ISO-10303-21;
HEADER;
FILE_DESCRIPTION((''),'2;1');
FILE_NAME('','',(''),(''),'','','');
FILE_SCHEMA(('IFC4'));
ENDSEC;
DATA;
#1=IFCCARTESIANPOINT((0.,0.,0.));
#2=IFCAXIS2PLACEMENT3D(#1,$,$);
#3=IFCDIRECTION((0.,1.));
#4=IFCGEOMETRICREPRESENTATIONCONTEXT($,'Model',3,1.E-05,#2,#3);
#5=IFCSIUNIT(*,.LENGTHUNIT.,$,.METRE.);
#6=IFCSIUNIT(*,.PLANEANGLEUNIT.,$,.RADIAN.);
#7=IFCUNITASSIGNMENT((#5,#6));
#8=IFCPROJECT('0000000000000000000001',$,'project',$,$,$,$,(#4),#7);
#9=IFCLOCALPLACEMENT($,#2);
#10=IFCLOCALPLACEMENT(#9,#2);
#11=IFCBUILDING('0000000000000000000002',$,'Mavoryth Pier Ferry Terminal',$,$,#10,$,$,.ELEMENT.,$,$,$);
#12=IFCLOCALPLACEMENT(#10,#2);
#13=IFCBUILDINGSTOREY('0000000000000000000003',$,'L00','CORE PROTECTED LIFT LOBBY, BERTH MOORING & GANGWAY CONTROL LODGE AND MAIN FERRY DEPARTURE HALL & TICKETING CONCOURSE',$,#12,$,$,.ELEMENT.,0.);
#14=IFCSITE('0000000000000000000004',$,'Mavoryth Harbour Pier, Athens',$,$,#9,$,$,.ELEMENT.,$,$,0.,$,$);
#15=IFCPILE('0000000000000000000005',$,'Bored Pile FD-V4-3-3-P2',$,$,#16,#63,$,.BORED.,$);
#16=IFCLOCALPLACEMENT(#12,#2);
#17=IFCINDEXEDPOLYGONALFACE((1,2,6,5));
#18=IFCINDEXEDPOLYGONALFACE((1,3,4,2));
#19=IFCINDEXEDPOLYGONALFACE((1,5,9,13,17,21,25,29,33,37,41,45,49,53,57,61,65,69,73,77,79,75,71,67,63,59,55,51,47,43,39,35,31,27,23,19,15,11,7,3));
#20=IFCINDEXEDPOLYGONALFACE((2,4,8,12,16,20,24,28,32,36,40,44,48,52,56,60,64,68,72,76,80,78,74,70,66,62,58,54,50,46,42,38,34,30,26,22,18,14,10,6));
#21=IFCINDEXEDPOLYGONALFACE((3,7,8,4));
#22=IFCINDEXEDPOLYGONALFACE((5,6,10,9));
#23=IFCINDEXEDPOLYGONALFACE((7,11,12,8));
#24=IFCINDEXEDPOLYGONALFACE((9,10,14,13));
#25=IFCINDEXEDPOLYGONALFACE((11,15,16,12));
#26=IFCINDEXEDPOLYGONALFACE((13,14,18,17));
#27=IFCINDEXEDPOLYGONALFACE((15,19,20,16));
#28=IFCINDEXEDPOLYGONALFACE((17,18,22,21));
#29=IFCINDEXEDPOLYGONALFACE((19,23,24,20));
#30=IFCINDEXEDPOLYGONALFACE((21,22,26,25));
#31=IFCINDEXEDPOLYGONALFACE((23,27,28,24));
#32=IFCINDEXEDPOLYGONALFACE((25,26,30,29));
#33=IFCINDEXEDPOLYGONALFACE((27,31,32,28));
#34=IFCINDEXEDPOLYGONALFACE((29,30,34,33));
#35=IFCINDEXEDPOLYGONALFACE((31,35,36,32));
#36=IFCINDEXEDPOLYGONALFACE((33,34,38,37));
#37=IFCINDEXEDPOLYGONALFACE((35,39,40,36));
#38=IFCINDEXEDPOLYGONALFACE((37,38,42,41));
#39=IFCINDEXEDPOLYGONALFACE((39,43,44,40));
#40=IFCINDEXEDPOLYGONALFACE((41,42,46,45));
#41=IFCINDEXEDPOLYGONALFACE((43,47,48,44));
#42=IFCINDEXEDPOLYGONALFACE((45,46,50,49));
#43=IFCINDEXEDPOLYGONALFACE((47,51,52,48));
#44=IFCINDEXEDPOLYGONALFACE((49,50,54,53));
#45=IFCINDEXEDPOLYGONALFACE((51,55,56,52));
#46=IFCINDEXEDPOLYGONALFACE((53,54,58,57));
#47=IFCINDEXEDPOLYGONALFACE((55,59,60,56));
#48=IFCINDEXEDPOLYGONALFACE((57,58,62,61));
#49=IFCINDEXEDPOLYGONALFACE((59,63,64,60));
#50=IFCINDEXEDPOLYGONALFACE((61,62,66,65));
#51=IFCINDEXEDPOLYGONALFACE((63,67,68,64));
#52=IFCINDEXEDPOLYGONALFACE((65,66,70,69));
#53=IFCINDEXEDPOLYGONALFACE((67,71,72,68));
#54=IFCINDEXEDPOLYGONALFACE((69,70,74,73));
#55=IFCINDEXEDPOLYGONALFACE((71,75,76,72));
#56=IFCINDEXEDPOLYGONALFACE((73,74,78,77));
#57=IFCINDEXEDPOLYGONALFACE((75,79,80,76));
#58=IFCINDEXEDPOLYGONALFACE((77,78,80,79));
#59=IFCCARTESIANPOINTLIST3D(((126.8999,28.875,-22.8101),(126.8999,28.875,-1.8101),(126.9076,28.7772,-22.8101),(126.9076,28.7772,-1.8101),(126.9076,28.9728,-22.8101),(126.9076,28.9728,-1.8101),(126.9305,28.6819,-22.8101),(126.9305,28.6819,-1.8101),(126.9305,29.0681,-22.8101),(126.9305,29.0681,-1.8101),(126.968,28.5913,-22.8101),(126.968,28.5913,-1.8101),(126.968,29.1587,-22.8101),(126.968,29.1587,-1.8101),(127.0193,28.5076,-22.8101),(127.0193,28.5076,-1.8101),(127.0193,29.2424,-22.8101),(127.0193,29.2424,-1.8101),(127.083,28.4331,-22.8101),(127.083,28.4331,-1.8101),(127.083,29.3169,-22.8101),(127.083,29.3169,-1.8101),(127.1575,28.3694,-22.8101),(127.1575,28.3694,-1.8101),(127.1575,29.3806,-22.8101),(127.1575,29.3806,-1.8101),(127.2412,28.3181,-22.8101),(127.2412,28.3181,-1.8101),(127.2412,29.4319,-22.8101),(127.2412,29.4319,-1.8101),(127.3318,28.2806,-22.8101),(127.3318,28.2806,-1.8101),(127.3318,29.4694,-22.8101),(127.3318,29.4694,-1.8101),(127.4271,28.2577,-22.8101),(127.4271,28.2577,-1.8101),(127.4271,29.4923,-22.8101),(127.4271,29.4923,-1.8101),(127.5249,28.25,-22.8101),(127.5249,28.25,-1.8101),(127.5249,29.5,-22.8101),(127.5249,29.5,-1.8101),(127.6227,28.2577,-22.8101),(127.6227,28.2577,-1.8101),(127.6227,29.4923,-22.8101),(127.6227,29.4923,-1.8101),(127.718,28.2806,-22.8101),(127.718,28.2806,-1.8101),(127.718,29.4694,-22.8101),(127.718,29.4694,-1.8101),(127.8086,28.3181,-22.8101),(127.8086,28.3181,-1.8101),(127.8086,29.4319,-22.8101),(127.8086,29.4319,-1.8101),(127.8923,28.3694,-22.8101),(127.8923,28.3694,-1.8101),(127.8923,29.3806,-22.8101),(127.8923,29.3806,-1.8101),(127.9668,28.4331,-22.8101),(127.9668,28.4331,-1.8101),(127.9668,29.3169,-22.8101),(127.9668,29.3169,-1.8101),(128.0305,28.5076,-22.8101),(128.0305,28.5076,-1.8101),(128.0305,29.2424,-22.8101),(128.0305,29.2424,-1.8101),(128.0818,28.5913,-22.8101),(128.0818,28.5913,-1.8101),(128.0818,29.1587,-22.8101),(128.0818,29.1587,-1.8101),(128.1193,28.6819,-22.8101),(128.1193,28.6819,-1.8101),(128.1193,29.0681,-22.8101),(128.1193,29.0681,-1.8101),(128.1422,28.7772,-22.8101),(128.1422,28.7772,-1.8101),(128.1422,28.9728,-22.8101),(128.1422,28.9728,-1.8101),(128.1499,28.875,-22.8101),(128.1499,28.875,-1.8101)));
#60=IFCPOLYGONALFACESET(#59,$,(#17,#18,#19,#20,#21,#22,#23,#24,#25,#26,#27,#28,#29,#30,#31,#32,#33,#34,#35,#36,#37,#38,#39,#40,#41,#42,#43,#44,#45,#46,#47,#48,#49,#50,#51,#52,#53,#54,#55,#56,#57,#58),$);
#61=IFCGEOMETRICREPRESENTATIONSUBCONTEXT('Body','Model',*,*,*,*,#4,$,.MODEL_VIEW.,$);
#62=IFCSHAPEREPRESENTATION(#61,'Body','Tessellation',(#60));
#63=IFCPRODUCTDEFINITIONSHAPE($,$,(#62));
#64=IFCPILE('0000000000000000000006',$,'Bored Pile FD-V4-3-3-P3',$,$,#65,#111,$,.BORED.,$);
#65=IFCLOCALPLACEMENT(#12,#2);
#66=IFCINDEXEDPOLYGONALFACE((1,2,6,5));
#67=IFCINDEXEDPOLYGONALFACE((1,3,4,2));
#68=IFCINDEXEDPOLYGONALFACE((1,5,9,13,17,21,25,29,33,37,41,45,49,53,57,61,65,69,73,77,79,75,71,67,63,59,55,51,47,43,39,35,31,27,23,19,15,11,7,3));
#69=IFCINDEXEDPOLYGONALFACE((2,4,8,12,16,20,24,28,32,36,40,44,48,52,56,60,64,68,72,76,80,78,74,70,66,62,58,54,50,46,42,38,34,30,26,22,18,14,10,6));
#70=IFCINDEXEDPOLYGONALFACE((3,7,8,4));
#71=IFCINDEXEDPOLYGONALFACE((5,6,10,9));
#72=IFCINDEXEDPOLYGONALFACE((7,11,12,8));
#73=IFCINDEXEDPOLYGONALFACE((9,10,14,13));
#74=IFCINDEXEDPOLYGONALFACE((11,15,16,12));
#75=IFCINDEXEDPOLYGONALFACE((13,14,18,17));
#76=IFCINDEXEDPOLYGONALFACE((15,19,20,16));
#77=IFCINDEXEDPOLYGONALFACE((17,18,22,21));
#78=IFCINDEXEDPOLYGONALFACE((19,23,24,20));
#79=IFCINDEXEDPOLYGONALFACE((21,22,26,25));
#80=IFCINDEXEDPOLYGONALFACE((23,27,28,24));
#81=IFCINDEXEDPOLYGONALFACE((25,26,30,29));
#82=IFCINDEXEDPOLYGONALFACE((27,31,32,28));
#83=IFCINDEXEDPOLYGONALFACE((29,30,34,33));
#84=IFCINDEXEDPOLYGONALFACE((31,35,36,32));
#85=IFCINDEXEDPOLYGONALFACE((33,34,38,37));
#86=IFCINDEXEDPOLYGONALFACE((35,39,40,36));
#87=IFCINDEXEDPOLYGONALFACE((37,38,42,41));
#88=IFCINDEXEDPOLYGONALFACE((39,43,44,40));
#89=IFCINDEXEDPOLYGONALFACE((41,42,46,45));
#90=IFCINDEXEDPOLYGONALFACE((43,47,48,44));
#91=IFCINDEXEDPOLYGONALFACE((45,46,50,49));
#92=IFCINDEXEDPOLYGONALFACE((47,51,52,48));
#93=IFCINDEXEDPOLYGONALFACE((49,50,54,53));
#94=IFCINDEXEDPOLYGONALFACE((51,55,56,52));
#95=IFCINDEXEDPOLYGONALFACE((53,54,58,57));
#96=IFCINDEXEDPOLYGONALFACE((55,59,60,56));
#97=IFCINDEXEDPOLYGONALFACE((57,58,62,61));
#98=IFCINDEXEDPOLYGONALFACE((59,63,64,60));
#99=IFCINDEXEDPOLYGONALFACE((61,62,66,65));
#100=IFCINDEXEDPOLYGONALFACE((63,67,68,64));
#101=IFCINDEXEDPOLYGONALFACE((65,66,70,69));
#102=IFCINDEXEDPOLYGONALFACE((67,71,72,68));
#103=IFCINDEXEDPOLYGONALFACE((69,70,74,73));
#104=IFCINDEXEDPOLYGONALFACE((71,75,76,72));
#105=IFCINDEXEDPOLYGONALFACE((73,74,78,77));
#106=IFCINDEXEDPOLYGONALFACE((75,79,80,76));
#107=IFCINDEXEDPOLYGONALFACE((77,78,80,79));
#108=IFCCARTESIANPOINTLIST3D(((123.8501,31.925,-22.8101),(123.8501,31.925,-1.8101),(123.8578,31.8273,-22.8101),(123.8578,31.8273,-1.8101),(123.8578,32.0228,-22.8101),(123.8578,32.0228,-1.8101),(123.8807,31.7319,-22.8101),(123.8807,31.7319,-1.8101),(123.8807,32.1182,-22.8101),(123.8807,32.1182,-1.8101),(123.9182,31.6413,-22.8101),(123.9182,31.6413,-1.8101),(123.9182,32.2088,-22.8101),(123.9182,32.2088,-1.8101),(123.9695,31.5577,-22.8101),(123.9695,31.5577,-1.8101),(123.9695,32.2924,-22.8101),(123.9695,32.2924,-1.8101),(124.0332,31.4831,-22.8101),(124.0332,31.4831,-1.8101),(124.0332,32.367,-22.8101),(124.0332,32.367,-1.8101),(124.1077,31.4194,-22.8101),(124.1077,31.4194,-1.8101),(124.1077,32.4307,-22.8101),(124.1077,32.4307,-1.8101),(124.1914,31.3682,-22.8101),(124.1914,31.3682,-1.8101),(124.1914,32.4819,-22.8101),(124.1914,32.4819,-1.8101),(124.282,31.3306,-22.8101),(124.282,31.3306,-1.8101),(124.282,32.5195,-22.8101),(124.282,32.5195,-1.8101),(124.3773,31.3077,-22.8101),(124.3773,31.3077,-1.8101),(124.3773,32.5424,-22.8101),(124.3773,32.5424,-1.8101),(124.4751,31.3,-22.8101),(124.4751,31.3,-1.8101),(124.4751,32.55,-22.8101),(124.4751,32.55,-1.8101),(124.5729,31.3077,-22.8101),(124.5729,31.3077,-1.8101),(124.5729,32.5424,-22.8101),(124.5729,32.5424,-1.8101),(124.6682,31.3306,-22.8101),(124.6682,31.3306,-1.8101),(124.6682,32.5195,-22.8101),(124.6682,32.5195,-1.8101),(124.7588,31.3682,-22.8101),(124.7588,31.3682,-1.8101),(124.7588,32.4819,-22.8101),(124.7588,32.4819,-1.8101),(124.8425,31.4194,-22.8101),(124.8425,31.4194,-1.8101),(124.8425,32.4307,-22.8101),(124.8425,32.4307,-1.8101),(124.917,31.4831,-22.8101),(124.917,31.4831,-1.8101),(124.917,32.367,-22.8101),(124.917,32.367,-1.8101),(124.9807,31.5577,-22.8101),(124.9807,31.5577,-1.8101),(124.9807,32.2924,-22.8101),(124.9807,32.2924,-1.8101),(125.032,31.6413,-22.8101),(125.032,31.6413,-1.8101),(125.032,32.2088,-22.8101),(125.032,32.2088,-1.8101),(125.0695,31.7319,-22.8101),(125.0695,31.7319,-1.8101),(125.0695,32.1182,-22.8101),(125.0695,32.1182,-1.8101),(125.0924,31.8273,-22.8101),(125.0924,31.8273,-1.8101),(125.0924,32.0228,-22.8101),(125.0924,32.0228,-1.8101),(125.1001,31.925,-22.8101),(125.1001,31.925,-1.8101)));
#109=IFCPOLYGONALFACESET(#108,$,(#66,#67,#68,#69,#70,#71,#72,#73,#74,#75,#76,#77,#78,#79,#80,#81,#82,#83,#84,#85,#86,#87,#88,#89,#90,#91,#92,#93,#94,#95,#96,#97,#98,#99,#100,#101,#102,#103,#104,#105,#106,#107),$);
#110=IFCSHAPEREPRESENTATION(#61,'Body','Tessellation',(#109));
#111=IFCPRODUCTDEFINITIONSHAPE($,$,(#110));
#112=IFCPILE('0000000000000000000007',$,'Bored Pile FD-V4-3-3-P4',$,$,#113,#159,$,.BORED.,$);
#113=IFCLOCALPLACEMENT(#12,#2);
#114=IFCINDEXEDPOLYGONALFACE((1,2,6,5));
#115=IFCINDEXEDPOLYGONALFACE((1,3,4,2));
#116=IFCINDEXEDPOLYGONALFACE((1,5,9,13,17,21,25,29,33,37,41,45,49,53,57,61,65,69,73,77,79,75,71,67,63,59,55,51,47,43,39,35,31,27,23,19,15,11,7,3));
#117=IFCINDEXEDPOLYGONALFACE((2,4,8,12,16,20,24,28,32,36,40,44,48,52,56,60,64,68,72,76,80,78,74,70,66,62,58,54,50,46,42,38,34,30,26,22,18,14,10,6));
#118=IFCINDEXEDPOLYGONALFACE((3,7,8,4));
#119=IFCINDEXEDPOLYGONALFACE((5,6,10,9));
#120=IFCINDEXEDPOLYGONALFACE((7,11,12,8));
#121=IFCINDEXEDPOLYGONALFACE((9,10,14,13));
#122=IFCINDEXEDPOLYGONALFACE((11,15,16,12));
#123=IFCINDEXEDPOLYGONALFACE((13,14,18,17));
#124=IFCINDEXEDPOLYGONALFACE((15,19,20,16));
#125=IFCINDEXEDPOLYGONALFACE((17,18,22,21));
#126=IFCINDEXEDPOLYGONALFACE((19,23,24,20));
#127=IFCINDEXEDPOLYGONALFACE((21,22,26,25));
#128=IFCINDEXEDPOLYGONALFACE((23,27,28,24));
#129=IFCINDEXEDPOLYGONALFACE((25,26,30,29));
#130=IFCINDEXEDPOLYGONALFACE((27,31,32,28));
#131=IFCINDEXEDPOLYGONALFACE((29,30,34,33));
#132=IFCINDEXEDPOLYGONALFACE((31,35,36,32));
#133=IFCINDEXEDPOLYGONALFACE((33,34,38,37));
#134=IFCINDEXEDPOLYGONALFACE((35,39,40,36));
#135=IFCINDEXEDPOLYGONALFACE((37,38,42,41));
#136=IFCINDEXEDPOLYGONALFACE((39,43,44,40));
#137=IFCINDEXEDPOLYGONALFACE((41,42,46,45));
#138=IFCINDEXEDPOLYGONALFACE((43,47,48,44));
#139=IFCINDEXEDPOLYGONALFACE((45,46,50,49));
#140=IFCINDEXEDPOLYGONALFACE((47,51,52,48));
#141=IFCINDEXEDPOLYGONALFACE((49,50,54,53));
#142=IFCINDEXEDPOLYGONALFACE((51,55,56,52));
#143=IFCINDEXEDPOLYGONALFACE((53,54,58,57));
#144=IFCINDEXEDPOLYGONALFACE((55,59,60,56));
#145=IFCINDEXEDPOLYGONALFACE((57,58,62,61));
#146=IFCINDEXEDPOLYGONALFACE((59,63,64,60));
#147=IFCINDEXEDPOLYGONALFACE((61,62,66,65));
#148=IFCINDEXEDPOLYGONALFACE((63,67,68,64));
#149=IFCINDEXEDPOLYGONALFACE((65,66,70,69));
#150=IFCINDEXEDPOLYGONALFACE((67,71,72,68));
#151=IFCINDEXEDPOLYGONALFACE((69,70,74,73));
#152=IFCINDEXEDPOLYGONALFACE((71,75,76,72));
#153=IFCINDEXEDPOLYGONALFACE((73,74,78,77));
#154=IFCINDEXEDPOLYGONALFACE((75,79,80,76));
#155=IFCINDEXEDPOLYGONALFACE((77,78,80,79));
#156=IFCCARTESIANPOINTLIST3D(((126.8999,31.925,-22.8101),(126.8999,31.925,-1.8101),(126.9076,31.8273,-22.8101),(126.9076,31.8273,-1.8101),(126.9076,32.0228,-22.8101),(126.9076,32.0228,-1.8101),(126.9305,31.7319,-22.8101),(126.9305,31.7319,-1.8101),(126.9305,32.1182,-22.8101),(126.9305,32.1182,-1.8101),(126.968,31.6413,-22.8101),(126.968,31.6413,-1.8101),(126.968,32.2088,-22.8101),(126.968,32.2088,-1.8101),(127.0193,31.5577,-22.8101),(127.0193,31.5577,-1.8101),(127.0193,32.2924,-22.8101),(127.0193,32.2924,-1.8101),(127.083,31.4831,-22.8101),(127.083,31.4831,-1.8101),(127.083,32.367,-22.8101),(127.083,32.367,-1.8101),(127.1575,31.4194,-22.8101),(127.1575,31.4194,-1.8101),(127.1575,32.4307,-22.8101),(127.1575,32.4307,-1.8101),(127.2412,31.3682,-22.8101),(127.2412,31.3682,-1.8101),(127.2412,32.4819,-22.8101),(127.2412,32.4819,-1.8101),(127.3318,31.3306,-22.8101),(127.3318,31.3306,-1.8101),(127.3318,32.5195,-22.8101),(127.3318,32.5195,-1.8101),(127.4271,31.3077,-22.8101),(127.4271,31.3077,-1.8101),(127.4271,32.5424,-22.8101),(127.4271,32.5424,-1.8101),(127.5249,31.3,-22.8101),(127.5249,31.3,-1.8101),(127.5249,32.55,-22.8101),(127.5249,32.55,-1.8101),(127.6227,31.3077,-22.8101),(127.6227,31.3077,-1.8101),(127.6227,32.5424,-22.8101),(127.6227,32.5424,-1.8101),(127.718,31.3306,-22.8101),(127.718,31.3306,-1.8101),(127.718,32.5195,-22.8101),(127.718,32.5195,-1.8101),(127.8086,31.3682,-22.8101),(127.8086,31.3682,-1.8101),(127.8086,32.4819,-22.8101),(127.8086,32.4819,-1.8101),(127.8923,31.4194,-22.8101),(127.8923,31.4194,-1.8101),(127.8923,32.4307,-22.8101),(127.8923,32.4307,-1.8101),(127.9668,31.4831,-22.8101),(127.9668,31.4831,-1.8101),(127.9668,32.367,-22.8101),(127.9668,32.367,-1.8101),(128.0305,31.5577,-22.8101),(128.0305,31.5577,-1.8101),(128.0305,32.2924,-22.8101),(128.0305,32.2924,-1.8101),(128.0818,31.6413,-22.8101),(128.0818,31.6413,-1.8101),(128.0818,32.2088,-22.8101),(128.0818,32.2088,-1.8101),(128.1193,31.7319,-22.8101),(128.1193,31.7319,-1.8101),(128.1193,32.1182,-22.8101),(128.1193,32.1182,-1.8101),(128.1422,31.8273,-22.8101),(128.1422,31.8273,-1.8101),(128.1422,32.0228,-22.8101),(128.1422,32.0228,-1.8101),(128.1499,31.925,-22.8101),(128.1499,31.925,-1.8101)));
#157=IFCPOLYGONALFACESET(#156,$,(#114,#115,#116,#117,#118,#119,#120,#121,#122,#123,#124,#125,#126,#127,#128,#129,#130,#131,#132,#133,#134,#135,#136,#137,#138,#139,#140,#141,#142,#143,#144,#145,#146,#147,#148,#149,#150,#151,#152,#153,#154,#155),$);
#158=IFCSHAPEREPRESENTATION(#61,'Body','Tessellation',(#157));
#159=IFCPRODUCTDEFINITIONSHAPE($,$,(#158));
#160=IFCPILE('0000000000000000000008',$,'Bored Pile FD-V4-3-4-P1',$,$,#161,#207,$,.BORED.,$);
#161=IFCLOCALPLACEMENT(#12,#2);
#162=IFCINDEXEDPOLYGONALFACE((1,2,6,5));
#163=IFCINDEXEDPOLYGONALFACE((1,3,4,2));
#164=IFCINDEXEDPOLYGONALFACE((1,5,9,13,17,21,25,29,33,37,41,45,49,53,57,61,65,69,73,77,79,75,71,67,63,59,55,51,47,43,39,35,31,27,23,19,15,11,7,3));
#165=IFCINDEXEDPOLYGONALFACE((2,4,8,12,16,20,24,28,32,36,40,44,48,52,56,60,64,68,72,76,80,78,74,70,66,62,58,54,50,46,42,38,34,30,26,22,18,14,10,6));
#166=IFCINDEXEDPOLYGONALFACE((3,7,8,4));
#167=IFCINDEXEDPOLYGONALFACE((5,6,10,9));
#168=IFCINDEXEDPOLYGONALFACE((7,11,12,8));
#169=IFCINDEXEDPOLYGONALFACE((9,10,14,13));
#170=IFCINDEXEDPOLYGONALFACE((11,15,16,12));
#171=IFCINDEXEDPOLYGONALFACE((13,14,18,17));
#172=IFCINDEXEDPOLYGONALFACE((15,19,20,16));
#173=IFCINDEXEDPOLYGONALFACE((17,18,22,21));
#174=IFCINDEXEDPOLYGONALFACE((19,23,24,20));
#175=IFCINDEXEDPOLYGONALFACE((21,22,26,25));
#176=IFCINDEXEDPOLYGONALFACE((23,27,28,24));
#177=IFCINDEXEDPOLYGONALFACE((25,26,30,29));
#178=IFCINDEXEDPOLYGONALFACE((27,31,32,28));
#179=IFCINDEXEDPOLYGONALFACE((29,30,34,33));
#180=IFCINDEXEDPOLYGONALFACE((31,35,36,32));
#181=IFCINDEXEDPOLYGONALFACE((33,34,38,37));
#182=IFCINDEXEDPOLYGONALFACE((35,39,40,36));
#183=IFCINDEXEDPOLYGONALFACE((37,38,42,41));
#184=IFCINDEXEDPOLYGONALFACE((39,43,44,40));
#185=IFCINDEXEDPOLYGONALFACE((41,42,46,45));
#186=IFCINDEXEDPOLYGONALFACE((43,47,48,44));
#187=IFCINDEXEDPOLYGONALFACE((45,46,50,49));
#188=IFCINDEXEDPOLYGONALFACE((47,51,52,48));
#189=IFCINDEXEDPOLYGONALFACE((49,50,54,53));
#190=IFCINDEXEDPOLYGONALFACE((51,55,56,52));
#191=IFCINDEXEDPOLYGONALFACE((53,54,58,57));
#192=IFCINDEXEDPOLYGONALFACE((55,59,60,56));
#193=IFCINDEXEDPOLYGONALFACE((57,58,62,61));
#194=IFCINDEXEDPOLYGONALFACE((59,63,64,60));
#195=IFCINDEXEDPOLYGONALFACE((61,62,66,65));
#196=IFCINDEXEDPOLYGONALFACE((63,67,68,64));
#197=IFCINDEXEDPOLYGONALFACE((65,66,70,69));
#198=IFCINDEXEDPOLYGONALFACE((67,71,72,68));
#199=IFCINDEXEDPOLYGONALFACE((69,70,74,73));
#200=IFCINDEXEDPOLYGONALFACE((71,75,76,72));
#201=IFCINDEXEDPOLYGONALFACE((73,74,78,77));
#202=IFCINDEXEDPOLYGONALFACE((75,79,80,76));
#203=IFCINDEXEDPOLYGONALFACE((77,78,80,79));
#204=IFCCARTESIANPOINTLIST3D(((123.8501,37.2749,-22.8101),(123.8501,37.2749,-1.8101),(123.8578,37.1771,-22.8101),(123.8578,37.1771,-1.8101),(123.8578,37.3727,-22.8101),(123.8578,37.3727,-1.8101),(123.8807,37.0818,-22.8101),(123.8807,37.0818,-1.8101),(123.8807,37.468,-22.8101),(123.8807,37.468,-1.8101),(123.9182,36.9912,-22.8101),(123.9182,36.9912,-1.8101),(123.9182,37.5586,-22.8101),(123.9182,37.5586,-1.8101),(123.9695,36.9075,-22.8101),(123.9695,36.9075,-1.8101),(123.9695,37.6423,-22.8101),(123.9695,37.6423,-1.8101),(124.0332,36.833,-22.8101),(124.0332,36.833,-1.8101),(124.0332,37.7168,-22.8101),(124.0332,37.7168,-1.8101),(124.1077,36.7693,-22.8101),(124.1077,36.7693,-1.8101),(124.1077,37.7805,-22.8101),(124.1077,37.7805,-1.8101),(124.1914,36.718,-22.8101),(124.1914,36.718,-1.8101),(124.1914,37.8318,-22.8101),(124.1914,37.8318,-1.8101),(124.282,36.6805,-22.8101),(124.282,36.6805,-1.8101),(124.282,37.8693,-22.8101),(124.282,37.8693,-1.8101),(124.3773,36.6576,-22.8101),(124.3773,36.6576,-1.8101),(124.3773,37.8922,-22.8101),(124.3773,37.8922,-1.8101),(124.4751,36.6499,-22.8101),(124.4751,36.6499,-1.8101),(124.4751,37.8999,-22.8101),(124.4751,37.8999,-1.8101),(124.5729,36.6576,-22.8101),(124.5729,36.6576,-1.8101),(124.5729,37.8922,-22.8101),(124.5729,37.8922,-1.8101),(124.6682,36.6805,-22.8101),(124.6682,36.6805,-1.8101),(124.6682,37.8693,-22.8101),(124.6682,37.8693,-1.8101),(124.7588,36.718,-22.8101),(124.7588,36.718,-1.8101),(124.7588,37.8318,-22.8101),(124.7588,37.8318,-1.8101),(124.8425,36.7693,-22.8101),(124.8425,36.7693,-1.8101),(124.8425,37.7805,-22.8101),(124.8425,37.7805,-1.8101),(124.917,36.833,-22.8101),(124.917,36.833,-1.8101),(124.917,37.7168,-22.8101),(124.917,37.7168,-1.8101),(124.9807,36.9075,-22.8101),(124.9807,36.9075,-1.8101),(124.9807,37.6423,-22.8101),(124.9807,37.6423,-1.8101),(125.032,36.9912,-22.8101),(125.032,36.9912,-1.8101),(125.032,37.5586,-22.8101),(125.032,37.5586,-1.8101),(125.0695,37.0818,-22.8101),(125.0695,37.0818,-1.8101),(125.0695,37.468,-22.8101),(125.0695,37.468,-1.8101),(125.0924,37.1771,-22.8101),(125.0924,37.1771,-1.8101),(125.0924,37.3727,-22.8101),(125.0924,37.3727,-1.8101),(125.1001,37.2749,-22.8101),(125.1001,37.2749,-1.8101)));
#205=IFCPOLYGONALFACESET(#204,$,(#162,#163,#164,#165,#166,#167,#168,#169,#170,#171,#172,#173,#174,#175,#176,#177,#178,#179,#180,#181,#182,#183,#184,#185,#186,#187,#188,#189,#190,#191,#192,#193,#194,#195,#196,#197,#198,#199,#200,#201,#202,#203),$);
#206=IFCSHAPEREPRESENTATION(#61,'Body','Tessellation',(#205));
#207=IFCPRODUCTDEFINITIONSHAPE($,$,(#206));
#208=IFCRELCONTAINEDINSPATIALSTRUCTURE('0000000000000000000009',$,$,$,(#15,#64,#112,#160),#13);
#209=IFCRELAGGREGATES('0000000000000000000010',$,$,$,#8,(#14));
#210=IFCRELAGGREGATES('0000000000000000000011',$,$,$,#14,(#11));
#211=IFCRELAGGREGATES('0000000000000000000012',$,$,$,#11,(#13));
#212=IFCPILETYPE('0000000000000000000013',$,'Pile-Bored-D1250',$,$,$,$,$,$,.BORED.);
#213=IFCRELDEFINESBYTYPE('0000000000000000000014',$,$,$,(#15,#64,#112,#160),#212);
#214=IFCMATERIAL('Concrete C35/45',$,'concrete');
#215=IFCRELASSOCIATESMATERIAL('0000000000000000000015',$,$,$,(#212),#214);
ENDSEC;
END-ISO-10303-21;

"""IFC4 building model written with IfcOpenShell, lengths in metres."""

from ifc_helpers import new_model, si_unit, direction, frame, origin, origin_2d, place, context, subcontext, project, spatial, circle, extrude, material, material_profile, profile_set, type_object, element, save


model = new_model("IFC4")

# Units and contexts
model_context = context("Model", 3, precision=1e-05, world=origin(), true_north=direction((0.0, 1.0)))
body_context = subcontext(model_context, "Body", "Model", "MODEL_VIEW")
ifc_project = project(units=[si_unit("LENGTHUNIT", "METRE"), si_unit("PLANEANGLEUNIT", "RADIAN")], contexts=[model_context])

# Site, building, storey
site_placement = place(None, origin())
site = spatial("IfcSite", under=ifc_project, at=site_placement, Name="Mavoryth Harbour Pier, Athens", CompositionType="ELEMENT", RefElevation=0.0)
building_placement = place(site_placement, origin())
building = spatial("IfcBuilding", under=site, at=building_placement, Name="Mavoryth Pier Ferry Terminal", CompositionType="ELEMENT")
storey_placement = place(building_placement, origin())
storey = spatial("IfcBuildingStorey", under=building, at=storey_placement, Name="L00", Description="CORE PROTECTED LIFT LOBBY, BERTH MOORING & GANGWAY CONTROL LODGE AND MAIN FERRY DEPARTURE HALL & TICKETING CONCOURSE", CompositionType="ELEMENT", Elevation=0.0)

# Shared definitions
ifc_material_1 = material(Name="Concrete C35/45", Category="concrete")

# Piles
ifc_material_profile_1 = material_profile(ifc_material_1, circle(Radius=0.625, at=origin_2d()), Name="PILE D1250", Category="concrete")
ifc_profile_set_1 = profile_set([ifc_material_profile_1], Name="Concrete C35/45 - PILE D1250")
pile_type_1 = type_object("IfcPileType", Name="Pile-Bored-D1250", PredefinedType="BORED", material=ifc_profile_set_1)
for number, where, z_axis, x_axis, name in (
    (1, (127.5249, 28.875, -1.8101), (0.0, 0.0, -1.0), (1.0, 0.0, 0.0), "Bored Pile FD-V4-3-3-P2"),
    (2, (124.4751, 31.925, -1.8101), (0.0, 0.0, -1.0), (1.0, 0.0, 0.0), "Bored Pile FD-V4-3-3-P3"),
    (3, (127.5249, 31.925, -1.8101), (0.0, 0.0, -1.0), (1.0, 0.0, 0.0), "Bored Pile FD-V4-3-3-P4"),
    (4, (124.4751, 37.2749, -1.8101), (0.0, 0.0, -1.0), (1.0, 0.0, 0.0), "Bored Pile FD-V4-3-4-P1"),
):
    element("IfcPile", number, at=place(storey_placement, frame(where, z_axis=z_axis, x_axis=x_axis)), inside=storey, type_object=pile_type_1, Name=name, PredefinedType="BORED", context=body_context, shape_type="SweptSolid", body=[
        extrude(circle(Radius=0.625, at=origin_2d()), origin(), (0.0, 0.0, 1.0), 21.0),
    ])

save(model, "model.ifc")
